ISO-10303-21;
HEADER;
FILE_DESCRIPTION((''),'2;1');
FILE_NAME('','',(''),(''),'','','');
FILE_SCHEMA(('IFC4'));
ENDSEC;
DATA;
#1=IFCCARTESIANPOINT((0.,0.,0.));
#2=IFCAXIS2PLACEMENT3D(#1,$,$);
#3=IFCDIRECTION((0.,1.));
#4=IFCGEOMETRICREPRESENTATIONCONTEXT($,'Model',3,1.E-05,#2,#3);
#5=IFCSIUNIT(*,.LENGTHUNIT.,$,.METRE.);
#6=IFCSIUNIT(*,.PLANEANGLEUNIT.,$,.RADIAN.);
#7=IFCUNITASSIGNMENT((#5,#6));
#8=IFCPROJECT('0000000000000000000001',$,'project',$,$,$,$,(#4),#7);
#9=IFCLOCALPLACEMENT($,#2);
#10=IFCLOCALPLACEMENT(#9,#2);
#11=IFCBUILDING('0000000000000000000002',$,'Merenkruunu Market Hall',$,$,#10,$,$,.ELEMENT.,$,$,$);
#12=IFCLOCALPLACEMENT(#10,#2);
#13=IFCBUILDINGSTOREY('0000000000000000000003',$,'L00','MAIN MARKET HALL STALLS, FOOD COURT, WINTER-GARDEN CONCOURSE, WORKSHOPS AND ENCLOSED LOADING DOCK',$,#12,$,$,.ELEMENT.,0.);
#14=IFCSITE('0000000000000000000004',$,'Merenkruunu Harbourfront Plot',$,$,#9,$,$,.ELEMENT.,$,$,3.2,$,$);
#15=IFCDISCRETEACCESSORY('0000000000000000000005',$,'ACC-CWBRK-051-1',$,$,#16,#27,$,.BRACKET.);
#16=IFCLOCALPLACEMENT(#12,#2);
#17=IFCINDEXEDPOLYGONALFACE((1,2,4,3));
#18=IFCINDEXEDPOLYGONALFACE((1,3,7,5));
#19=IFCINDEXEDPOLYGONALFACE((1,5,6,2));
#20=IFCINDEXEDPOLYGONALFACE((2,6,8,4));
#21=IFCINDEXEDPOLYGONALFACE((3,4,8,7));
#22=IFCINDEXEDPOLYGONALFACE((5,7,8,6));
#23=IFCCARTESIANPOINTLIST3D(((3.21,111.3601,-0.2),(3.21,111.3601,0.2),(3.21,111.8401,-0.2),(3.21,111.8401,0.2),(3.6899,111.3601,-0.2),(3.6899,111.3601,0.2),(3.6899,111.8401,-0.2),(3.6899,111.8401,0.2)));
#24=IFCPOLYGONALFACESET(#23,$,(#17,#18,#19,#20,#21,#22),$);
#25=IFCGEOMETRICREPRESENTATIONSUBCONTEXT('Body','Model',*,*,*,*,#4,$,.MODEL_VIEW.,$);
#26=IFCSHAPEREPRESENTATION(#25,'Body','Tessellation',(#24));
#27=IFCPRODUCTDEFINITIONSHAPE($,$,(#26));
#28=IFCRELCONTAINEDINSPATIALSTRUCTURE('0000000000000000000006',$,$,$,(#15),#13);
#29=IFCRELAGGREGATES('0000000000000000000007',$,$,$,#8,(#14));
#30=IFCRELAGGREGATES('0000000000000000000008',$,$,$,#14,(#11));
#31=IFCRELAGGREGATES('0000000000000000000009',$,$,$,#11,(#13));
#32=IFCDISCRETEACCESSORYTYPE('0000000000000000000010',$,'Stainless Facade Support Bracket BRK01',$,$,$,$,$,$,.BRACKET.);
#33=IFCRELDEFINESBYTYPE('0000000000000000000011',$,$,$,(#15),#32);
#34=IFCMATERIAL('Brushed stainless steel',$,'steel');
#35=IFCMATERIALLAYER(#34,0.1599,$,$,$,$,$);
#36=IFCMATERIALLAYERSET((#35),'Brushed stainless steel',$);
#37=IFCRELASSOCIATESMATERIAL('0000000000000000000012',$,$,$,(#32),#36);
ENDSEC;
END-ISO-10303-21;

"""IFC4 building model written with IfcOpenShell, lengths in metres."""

from ifc_helpers import new_model, si_unit, direction, frame, origin, origin_2d, place, context, subcontext, project, spatial, rectangle, extrude, material, layer, layer_set, type_object, element, save


model = new_model("IFC4")

# Units and contexts
model_context = context("Model", 3, precision=1e-05, world=origin(), true_north=direction((0.0, 1.0)))
body_context = subcontext(model_context, "Body", "Model", "MODEL_VIEW")
ifc_project = project(units=[si_unit("LENGTHUNIT", "METRE"), si_unit("PLANEANGLEUNIT", "RADIAN")], contexts=[model_context])

# Site, building, storey
site_placement = place(None, origin())
site = spatial("IfcSite", under=ifc_project, at=site_placement, Name="Merenkruunu Harbourfront Plot", CompositionType="ELEMENT", RefElevation=3.2)
building_placement = place(site_placement, origin())
building = spatial("IfcBuilding", under=site, at=building_placement, Name="Merenkruunu Market Hall", CompositionType="ELEMENT")
storey_placement = place(building_placement, origin())
storey = spatial("IfcBuildingStorey", under=building, at=storey_placement, Name="L00", Description="MAIN MARKET HALL STALLS, FOOD COURT, WINTER-GARDEN CONCOURSE, WORKSHOPS AND ENCLOSED LOADING DOCK", CompositionType="ELEMENT", Elevation=0.0)

# Discrete accessory
ifc_material_1 = material(Name="Brushed stainless steel", Category="steel")
ifc_layer_1 = layer(ifc_material_1, 0.1599)
ifc_layer_set_1 = layer_set([ifc_layer_1], Name="Brushed stainless steel")
discrete_accessory_type = type_object("IfcDiscreteAccessoryType", Name="Stainless Facade Support Bracket BRK01", PredefinedType="BRACKET", material=ifc_layer_set_1)
for number, where, z_axis, x_axis, name in (
    (1, (3.45, 111.6001, -0.2), (0.0, 0.0, 1.0), (1.0, 0.0, 0.0), "ACC-CWBRK-051-1"),
):
    element("IfcDiscreteAccessory", number, at=place(storey_placement, frame(where, z_axis=z_axis, x_axis=x_axis)), inside=storey, type_object=discrete_accessory_type, Name=name, PredefinedType="BRACKET", context=body_context, shape_type="SweptSolid", body=[
        extrude(rectangle(XDim=0.48, YDim=0.48, at=origin_2d()), origin(), (0.0, 0.0, 1.0), 0.3999),
    ])

save(model, "model.ifc")
